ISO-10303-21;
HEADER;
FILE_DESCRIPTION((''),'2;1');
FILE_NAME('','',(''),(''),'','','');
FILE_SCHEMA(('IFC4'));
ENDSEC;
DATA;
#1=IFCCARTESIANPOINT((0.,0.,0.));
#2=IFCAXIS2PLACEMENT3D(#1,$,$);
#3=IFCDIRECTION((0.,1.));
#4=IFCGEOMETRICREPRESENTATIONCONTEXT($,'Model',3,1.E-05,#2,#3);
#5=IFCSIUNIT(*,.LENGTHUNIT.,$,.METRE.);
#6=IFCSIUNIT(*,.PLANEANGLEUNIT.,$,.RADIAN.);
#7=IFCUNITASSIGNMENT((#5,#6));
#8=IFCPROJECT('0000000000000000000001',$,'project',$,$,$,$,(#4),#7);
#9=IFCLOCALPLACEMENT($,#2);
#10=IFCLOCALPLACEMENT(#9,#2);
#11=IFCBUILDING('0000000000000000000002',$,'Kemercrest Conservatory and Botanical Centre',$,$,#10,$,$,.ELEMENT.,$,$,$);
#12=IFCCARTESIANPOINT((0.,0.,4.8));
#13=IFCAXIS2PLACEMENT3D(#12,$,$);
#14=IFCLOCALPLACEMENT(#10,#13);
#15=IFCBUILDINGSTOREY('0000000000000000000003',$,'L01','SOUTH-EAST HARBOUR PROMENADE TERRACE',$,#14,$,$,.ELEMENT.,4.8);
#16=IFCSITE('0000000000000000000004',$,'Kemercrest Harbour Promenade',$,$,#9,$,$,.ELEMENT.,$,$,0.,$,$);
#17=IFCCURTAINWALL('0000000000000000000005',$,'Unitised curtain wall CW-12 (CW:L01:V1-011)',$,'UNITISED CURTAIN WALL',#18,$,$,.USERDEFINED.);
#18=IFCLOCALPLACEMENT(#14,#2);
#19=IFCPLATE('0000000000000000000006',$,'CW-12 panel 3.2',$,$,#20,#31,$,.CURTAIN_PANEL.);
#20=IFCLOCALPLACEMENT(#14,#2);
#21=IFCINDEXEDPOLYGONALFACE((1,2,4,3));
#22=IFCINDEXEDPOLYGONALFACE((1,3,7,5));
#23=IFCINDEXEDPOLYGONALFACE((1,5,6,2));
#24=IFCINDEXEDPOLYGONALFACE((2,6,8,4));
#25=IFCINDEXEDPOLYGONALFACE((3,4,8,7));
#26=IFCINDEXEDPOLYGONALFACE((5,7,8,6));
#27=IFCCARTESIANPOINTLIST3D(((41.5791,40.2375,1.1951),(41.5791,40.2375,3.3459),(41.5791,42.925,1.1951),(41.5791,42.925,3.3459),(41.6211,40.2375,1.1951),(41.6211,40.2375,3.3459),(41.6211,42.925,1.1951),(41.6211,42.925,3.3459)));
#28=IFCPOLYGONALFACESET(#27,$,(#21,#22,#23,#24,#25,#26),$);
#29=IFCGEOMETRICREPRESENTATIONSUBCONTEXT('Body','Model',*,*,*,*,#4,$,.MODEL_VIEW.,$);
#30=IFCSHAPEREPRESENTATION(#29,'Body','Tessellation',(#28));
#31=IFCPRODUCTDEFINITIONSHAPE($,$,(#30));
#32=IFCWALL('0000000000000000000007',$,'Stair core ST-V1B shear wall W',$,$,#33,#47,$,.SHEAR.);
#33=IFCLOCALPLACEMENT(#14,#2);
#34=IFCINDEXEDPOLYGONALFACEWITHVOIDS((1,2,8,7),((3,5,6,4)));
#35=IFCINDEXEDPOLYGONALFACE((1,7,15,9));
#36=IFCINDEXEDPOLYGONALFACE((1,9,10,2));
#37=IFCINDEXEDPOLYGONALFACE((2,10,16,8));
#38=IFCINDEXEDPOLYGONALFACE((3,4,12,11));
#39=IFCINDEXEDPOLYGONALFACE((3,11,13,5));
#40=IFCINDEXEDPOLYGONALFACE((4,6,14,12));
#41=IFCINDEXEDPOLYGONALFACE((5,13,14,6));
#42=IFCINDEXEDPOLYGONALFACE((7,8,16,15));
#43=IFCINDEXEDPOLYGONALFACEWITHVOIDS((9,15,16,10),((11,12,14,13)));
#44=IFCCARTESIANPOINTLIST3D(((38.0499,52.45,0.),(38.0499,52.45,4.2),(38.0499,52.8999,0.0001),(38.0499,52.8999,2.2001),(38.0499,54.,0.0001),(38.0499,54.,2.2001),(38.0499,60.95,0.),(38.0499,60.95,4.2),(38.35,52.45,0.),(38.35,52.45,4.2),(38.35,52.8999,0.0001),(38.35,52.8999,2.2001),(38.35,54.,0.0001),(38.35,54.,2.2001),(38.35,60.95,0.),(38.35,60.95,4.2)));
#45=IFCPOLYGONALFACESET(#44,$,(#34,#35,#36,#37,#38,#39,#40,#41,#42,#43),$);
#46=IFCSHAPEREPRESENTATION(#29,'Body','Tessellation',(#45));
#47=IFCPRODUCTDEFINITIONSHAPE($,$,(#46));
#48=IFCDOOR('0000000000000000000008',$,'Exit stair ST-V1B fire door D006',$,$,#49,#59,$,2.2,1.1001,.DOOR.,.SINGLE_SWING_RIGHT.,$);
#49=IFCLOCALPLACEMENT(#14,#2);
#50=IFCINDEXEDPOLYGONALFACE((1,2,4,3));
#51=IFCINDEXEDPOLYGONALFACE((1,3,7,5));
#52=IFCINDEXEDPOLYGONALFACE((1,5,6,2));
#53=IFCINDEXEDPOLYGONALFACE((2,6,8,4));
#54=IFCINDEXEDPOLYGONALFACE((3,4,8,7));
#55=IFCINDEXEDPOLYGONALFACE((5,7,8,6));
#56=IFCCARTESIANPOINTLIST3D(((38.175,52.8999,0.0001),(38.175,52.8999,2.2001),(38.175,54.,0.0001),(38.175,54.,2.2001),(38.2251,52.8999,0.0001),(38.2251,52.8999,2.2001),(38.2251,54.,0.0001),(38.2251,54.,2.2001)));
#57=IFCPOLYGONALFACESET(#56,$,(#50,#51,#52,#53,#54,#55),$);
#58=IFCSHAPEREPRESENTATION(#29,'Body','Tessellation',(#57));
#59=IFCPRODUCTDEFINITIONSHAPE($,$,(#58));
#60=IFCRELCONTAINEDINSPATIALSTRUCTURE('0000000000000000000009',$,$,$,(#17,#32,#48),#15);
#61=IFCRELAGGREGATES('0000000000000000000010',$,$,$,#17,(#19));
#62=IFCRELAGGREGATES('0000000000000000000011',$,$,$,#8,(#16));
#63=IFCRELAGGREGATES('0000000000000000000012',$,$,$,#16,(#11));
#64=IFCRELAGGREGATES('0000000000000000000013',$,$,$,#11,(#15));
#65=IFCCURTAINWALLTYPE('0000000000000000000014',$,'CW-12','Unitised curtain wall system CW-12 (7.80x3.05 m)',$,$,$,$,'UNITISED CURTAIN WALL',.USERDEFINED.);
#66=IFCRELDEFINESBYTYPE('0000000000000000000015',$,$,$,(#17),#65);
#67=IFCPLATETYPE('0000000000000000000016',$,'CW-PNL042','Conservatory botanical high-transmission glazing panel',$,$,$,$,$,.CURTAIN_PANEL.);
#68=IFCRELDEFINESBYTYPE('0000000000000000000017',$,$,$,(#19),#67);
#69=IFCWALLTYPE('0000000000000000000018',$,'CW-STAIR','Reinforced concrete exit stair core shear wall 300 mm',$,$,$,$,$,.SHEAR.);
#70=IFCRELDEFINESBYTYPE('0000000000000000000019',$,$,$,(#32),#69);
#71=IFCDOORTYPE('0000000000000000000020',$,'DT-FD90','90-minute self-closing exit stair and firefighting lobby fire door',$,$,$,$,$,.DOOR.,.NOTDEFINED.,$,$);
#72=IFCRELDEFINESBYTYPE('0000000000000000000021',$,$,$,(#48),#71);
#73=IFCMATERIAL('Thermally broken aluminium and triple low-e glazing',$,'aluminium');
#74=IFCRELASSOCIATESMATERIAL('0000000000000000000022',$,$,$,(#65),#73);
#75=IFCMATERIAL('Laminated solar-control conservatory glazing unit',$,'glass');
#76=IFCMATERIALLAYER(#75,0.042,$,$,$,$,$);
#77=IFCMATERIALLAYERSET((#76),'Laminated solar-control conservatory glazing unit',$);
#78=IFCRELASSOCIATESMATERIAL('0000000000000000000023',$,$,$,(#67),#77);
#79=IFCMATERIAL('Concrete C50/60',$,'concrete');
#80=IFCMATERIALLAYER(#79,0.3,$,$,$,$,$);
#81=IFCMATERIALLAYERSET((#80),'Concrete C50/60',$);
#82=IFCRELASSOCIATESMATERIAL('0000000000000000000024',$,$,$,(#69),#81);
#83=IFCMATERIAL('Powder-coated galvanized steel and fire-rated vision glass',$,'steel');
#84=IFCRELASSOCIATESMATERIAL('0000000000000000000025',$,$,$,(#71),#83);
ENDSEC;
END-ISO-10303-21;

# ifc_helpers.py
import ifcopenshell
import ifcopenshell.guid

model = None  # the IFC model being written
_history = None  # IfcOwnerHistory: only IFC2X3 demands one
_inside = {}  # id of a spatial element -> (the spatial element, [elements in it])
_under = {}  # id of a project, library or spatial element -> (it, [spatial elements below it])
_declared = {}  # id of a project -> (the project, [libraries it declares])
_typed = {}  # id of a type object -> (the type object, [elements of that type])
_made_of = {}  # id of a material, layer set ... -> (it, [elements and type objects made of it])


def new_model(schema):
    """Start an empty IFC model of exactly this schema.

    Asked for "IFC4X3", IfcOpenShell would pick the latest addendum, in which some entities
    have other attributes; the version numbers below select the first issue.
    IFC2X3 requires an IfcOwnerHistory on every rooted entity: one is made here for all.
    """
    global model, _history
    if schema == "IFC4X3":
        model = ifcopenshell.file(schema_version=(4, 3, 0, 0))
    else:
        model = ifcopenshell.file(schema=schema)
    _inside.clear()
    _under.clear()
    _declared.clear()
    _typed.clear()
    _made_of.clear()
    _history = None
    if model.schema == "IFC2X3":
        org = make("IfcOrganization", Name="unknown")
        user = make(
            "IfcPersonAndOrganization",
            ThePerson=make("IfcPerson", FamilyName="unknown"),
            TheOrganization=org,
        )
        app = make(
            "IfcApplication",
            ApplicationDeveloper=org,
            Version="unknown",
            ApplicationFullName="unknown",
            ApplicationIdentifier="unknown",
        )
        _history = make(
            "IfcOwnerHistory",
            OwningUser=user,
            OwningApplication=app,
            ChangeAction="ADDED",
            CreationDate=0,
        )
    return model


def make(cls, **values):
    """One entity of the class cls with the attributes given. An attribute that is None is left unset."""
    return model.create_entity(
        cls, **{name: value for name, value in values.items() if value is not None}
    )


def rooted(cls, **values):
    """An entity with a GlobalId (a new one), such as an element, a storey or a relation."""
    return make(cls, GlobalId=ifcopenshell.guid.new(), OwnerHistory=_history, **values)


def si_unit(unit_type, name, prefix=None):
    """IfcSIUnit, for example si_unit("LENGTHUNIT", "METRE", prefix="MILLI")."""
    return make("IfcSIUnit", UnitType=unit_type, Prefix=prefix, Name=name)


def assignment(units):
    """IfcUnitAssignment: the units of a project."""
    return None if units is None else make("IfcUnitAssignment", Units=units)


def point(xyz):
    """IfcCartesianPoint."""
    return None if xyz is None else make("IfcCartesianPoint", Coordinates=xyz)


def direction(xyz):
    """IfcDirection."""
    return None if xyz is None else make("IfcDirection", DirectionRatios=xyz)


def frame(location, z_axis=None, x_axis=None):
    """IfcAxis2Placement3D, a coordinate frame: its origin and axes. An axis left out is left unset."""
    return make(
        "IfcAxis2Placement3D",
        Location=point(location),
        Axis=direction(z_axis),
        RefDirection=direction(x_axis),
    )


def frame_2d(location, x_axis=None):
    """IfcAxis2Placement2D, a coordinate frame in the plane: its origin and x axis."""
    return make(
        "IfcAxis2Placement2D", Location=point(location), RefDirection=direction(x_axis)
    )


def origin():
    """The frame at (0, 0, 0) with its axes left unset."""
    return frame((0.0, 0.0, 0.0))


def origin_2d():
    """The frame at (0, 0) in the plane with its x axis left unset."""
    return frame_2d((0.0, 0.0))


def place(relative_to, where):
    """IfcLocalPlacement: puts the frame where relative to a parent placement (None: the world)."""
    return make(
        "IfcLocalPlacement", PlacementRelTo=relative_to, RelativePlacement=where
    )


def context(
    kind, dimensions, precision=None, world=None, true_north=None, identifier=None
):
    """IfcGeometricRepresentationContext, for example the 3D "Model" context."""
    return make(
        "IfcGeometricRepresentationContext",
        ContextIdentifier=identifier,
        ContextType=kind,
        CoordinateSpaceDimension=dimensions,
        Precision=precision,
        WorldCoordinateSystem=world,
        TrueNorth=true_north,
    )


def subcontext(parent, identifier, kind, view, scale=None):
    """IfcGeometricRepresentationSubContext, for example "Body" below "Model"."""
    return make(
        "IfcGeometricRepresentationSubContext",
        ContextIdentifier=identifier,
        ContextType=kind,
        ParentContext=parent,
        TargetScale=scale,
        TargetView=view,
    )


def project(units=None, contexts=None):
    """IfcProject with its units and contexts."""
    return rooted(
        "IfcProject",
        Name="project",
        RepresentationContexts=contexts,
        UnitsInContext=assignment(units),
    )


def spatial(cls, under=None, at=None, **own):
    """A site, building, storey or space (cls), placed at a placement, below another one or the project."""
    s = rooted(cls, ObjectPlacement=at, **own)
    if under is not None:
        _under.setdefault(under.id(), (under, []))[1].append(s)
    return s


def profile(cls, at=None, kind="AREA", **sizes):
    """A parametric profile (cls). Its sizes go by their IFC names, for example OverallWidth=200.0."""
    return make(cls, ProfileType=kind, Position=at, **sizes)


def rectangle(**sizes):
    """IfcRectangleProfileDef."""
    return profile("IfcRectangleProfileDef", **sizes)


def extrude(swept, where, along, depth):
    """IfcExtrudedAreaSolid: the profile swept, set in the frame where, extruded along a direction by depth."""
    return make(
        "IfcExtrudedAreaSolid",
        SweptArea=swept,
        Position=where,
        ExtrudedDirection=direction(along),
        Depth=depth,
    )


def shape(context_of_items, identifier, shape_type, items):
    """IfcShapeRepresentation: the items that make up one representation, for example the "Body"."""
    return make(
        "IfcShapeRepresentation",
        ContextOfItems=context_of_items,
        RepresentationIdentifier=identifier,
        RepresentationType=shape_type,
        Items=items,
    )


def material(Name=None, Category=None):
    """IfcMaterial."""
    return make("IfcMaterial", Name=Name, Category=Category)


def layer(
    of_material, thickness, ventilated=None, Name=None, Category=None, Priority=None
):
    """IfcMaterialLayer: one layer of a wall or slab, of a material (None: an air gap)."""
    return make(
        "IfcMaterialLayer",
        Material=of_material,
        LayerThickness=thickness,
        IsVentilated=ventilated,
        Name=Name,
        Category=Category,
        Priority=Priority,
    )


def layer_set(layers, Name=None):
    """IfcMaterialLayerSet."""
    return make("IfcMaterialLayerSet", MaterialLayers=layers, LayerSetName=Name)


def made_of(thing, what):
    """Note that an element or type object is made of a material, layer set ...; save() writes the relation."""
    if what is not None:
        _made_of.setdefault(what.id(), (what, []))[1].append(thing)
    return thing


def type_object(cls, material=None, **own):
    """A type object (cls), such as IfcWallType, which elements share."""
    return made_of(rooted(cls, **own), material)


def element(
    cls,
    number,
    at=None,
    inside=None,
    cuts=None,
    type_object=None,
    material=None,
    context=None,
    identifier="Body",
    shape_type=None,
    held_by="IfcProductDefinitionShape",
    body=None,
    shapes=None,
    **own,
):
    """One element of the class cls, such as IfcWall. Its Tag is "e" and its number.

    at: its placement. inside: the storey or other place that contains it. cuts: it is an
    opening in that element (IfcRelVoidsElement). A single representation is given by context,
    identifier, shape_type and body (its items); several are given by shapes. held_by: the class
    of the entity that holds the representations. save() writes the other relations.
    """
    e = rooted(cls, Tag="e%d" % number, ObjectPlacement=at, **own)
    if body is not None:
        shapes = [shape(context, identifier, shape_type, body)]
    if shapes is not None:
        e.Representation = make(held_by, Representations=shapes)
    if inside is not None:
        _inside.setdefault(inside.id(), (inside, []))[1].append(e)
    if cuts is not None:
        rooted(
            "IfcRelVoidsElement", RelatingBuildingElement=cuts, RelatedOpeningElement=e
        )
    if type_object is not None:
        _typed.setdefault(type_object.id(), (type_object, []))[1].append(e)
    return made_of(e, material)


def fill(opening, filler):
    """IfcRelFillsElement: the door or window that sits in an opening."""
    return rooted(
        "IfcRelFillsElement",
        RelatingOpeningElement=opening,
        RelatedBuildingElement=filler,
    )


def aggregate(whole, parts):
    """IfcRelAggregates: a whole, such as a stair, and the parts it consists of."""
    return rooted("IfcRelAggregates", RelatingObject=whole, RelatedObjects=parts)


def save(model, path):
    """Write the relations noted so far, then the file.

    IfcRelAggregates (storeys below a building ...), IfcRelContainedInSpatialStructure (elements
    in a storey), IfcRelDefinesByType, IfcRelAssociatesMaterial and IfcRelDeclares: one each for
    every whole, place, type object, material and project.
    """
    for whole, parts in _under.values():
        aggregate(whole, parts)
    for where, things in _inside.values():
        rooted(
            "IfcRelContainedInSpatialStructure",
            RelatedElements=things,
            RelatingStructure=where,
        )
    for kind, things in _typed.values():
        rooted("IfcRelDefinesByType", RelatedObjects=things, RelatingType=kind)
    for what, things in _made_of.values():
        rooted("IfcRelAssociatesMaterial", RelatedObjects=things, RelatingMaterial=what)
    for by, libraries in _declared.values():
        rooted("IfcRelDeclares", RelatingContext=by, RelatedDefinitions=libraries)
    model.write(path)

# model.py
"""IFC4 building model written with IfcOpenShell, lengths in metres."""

from ifc_helpers import new_model, si_unit, direction, frame, frame_2d, origin, origin_2d, place, context, subcontext, project, spatial, rectangle, extrude, material, layer, layer_set, type_object, element, fill, aggregate, save


model = new_model("IFC4")

# Units and contexts
model_context = context("Model", 3, precision=1e-05, world=origin(), true_north=direction((0.0, 1.0)))
body_context = subcontext(model_context, "Body", "Model", "MODEL_VIEW")
ifc_project = project(units=[si_unit("LENGTHUNIT", "METRE"), si_unit("PLANEANGLEUNIT", "RADIAN")], contexts=[model_context])

# Site, building, storey
site_placement = place(None, origin())
site = spatial("IfcSite", under=ifc_project, at=site_placement, Name="Kemercrest Harbour Promenade", CompositionType="ELEMENT", RefElevation=0.0)
building_placement = place(site_placement, origin())
building = spatial("IfcBuilding", under=site, at=building_placement, Name="Kemercrest Conservatory and Botanical Centre", CompositionType="ELEMENT")
storey_placement = place(building_placement, frame((0.0, 0.0, 4.8)))
storey = spatial("IfcBuildingStorey", under=building, at=storey_placement, Name="L01", Description="SOUTH-EAST HARBOUR PROMENADE TERRACE", CompositionType="ELEMENT", Elevation=4.8)

# Curtain wall
ifc_material_1 = material(Name="Thermally broken aluminium and triple low-e glazing", Category="aluminium")
curtain_wall_type_1 = type_object("IfcCurtainWallType", Name="CW-12", Description="Unitised curtain wall system CW-12 (7.80x3.05 m)", ElementType="UNITISED CURTAIN WALL", PredefinedType="USERDEFINED", material=ifc_material_1)
curtain_wall_1_placement = place(storey_placement, origin())
curtain_wall_1 = element("IfcCurtainWall", 1, at=curtain_wall_1_placement, inside=storey, type_object=curtain_wall_type_1, Name="Unitised curtain wall CW-12 (CW:L01:V1-011)", ObjectType="UNITISED CURTAIN WALL", PredefinedType="USERDEFINED")

# Plate
ifc_material_2 = material(Name="Laminated solar-control conservatory glazing unit", Category="glass")
ifc_layer_1 = layer(ifc_material_2, 0.042)
ifc_layer_set_1 = layer_set([ifc_layer_1], Name="Laminated solar-control conservatory glazing unit")
plate_type = type_object("IfcPlateType", Name="CW-PNL042", Description="Conservatory botanical high-transmission glazing panel", PredefinedType="CURTAIN_PANEL", material=ifc_layer_set_1)
plate_1_placement = place(storey_placement, frame((41.6001, 41.5813, 1.1951), z_axis=(0.0, 0.0, 1.0), x_axis=(0.0, 1.0, 0.0)))
plate_1 = element("IfcPlate", 2, at=plate_1_placement, type_object=plate_type, Name="CW-12 panel 3.2", PredefinedType="CURTAIN_PANEL", context=body_context, shape_type="SweptSolid", body=[
    extrude(rectangle(XDim=2.6875, YDim=0.042, at=origin_2d()), origin(), (0.0, 0.0, 1.0), 2.1509),
])
aggregate(curtain_wall_1, [plate_1])

# Wall, opening, door
ifc_material_3 = material(Name="Concrete C50/60", Category="concrete")
ifc_layer_2 = layer(ifc_material_3, 0.3)
ifc_layer_set_2 = layer_set([ifc_layer_2], Name="Concrete C50/60")
wall_type = type_object("IfcWallType", Name="CW-STAIR", Description="Reinforced concrete exit stair core shear wall 300 mm", PredefinedType="SHEAR", material=ifc_layer_set_2)
wall_placement = place(storey_placement, frame((38.2, 52.45, 0.0), z_axis=(0.0, 0.0, 1.0), x_axis=(0.0, 1.0, 0.0)))
wall = element("IfcWall", 3, at=wall_placement, inside=storey, type_object=wall_type, Name="Stair core ST-V1B shear wall W", PredefinedType="SHEAR", context=body_context, shape_type="SweptSolid", body=[
    extrude(rectangle(XDim=8.5, YDim=0.3, at=frame_2d((4.25, 0.0))), origin(), (0.0, 0.0, 1.0), 4.2),
])
opening_placement = place(wall_placement, frame((0.45, 0.0, 0.0)))
opening = element("IfcOpeningElement", 4, at=opening_placement, cuts=wall, PredefinedType="OPENING", context=body_context, shape_type="SweptSolid", body=[
    extrude(rectangle(XDim=1.1001, YDim=2.2, at=frame_2d((0.55, 1.1001))), frame((0.0, 0.1602, 0.0), z_axis=(0.0, -1.0, 0.0), x_axis=(1.0, 0.0, 0.0)), (0.0, 0.0, 1.0), 0.3201),
])
ifc_material_4 = material(Name="Powder-coated galvanized steel and fire-rated vision glass", Category="steel")
door_type = type_object("IfcDoorType", Name="DT-FD90", Description="90-minute self-closing exit stair and firefighting lobby fire door", OperationType="NOTDEFINED", PredefinedType="DOOR", material=ifc_material_4)
door_placement = place(opening_placement, origin())
door = element("IfcDoor", 5, at=door_placement, inside=storey, type_object=door_type, Name="Exit stair ST-V1B fire door D006", OperationType="SINGLE_SWING_RIGHT", OverallHeight=2.2, OverallWidth=1.1001, PredefinedType="DOOR", context=body_context, shape_type="SweptSolid", body=[
    extrude(rectangle(XDim=1.1001, YDim=2.2, at=frame_2d((0.55, 1.1001))), frame((0.0, 0.0249, 0.0), z_axis=(0.0, -1.0, 0.0), x_axis=(1.0, 0.0, 0.0)), (0.0, 0.0, 1.0), 0.05),
])
fill(opening, door)

save(model, "model.ifc")
